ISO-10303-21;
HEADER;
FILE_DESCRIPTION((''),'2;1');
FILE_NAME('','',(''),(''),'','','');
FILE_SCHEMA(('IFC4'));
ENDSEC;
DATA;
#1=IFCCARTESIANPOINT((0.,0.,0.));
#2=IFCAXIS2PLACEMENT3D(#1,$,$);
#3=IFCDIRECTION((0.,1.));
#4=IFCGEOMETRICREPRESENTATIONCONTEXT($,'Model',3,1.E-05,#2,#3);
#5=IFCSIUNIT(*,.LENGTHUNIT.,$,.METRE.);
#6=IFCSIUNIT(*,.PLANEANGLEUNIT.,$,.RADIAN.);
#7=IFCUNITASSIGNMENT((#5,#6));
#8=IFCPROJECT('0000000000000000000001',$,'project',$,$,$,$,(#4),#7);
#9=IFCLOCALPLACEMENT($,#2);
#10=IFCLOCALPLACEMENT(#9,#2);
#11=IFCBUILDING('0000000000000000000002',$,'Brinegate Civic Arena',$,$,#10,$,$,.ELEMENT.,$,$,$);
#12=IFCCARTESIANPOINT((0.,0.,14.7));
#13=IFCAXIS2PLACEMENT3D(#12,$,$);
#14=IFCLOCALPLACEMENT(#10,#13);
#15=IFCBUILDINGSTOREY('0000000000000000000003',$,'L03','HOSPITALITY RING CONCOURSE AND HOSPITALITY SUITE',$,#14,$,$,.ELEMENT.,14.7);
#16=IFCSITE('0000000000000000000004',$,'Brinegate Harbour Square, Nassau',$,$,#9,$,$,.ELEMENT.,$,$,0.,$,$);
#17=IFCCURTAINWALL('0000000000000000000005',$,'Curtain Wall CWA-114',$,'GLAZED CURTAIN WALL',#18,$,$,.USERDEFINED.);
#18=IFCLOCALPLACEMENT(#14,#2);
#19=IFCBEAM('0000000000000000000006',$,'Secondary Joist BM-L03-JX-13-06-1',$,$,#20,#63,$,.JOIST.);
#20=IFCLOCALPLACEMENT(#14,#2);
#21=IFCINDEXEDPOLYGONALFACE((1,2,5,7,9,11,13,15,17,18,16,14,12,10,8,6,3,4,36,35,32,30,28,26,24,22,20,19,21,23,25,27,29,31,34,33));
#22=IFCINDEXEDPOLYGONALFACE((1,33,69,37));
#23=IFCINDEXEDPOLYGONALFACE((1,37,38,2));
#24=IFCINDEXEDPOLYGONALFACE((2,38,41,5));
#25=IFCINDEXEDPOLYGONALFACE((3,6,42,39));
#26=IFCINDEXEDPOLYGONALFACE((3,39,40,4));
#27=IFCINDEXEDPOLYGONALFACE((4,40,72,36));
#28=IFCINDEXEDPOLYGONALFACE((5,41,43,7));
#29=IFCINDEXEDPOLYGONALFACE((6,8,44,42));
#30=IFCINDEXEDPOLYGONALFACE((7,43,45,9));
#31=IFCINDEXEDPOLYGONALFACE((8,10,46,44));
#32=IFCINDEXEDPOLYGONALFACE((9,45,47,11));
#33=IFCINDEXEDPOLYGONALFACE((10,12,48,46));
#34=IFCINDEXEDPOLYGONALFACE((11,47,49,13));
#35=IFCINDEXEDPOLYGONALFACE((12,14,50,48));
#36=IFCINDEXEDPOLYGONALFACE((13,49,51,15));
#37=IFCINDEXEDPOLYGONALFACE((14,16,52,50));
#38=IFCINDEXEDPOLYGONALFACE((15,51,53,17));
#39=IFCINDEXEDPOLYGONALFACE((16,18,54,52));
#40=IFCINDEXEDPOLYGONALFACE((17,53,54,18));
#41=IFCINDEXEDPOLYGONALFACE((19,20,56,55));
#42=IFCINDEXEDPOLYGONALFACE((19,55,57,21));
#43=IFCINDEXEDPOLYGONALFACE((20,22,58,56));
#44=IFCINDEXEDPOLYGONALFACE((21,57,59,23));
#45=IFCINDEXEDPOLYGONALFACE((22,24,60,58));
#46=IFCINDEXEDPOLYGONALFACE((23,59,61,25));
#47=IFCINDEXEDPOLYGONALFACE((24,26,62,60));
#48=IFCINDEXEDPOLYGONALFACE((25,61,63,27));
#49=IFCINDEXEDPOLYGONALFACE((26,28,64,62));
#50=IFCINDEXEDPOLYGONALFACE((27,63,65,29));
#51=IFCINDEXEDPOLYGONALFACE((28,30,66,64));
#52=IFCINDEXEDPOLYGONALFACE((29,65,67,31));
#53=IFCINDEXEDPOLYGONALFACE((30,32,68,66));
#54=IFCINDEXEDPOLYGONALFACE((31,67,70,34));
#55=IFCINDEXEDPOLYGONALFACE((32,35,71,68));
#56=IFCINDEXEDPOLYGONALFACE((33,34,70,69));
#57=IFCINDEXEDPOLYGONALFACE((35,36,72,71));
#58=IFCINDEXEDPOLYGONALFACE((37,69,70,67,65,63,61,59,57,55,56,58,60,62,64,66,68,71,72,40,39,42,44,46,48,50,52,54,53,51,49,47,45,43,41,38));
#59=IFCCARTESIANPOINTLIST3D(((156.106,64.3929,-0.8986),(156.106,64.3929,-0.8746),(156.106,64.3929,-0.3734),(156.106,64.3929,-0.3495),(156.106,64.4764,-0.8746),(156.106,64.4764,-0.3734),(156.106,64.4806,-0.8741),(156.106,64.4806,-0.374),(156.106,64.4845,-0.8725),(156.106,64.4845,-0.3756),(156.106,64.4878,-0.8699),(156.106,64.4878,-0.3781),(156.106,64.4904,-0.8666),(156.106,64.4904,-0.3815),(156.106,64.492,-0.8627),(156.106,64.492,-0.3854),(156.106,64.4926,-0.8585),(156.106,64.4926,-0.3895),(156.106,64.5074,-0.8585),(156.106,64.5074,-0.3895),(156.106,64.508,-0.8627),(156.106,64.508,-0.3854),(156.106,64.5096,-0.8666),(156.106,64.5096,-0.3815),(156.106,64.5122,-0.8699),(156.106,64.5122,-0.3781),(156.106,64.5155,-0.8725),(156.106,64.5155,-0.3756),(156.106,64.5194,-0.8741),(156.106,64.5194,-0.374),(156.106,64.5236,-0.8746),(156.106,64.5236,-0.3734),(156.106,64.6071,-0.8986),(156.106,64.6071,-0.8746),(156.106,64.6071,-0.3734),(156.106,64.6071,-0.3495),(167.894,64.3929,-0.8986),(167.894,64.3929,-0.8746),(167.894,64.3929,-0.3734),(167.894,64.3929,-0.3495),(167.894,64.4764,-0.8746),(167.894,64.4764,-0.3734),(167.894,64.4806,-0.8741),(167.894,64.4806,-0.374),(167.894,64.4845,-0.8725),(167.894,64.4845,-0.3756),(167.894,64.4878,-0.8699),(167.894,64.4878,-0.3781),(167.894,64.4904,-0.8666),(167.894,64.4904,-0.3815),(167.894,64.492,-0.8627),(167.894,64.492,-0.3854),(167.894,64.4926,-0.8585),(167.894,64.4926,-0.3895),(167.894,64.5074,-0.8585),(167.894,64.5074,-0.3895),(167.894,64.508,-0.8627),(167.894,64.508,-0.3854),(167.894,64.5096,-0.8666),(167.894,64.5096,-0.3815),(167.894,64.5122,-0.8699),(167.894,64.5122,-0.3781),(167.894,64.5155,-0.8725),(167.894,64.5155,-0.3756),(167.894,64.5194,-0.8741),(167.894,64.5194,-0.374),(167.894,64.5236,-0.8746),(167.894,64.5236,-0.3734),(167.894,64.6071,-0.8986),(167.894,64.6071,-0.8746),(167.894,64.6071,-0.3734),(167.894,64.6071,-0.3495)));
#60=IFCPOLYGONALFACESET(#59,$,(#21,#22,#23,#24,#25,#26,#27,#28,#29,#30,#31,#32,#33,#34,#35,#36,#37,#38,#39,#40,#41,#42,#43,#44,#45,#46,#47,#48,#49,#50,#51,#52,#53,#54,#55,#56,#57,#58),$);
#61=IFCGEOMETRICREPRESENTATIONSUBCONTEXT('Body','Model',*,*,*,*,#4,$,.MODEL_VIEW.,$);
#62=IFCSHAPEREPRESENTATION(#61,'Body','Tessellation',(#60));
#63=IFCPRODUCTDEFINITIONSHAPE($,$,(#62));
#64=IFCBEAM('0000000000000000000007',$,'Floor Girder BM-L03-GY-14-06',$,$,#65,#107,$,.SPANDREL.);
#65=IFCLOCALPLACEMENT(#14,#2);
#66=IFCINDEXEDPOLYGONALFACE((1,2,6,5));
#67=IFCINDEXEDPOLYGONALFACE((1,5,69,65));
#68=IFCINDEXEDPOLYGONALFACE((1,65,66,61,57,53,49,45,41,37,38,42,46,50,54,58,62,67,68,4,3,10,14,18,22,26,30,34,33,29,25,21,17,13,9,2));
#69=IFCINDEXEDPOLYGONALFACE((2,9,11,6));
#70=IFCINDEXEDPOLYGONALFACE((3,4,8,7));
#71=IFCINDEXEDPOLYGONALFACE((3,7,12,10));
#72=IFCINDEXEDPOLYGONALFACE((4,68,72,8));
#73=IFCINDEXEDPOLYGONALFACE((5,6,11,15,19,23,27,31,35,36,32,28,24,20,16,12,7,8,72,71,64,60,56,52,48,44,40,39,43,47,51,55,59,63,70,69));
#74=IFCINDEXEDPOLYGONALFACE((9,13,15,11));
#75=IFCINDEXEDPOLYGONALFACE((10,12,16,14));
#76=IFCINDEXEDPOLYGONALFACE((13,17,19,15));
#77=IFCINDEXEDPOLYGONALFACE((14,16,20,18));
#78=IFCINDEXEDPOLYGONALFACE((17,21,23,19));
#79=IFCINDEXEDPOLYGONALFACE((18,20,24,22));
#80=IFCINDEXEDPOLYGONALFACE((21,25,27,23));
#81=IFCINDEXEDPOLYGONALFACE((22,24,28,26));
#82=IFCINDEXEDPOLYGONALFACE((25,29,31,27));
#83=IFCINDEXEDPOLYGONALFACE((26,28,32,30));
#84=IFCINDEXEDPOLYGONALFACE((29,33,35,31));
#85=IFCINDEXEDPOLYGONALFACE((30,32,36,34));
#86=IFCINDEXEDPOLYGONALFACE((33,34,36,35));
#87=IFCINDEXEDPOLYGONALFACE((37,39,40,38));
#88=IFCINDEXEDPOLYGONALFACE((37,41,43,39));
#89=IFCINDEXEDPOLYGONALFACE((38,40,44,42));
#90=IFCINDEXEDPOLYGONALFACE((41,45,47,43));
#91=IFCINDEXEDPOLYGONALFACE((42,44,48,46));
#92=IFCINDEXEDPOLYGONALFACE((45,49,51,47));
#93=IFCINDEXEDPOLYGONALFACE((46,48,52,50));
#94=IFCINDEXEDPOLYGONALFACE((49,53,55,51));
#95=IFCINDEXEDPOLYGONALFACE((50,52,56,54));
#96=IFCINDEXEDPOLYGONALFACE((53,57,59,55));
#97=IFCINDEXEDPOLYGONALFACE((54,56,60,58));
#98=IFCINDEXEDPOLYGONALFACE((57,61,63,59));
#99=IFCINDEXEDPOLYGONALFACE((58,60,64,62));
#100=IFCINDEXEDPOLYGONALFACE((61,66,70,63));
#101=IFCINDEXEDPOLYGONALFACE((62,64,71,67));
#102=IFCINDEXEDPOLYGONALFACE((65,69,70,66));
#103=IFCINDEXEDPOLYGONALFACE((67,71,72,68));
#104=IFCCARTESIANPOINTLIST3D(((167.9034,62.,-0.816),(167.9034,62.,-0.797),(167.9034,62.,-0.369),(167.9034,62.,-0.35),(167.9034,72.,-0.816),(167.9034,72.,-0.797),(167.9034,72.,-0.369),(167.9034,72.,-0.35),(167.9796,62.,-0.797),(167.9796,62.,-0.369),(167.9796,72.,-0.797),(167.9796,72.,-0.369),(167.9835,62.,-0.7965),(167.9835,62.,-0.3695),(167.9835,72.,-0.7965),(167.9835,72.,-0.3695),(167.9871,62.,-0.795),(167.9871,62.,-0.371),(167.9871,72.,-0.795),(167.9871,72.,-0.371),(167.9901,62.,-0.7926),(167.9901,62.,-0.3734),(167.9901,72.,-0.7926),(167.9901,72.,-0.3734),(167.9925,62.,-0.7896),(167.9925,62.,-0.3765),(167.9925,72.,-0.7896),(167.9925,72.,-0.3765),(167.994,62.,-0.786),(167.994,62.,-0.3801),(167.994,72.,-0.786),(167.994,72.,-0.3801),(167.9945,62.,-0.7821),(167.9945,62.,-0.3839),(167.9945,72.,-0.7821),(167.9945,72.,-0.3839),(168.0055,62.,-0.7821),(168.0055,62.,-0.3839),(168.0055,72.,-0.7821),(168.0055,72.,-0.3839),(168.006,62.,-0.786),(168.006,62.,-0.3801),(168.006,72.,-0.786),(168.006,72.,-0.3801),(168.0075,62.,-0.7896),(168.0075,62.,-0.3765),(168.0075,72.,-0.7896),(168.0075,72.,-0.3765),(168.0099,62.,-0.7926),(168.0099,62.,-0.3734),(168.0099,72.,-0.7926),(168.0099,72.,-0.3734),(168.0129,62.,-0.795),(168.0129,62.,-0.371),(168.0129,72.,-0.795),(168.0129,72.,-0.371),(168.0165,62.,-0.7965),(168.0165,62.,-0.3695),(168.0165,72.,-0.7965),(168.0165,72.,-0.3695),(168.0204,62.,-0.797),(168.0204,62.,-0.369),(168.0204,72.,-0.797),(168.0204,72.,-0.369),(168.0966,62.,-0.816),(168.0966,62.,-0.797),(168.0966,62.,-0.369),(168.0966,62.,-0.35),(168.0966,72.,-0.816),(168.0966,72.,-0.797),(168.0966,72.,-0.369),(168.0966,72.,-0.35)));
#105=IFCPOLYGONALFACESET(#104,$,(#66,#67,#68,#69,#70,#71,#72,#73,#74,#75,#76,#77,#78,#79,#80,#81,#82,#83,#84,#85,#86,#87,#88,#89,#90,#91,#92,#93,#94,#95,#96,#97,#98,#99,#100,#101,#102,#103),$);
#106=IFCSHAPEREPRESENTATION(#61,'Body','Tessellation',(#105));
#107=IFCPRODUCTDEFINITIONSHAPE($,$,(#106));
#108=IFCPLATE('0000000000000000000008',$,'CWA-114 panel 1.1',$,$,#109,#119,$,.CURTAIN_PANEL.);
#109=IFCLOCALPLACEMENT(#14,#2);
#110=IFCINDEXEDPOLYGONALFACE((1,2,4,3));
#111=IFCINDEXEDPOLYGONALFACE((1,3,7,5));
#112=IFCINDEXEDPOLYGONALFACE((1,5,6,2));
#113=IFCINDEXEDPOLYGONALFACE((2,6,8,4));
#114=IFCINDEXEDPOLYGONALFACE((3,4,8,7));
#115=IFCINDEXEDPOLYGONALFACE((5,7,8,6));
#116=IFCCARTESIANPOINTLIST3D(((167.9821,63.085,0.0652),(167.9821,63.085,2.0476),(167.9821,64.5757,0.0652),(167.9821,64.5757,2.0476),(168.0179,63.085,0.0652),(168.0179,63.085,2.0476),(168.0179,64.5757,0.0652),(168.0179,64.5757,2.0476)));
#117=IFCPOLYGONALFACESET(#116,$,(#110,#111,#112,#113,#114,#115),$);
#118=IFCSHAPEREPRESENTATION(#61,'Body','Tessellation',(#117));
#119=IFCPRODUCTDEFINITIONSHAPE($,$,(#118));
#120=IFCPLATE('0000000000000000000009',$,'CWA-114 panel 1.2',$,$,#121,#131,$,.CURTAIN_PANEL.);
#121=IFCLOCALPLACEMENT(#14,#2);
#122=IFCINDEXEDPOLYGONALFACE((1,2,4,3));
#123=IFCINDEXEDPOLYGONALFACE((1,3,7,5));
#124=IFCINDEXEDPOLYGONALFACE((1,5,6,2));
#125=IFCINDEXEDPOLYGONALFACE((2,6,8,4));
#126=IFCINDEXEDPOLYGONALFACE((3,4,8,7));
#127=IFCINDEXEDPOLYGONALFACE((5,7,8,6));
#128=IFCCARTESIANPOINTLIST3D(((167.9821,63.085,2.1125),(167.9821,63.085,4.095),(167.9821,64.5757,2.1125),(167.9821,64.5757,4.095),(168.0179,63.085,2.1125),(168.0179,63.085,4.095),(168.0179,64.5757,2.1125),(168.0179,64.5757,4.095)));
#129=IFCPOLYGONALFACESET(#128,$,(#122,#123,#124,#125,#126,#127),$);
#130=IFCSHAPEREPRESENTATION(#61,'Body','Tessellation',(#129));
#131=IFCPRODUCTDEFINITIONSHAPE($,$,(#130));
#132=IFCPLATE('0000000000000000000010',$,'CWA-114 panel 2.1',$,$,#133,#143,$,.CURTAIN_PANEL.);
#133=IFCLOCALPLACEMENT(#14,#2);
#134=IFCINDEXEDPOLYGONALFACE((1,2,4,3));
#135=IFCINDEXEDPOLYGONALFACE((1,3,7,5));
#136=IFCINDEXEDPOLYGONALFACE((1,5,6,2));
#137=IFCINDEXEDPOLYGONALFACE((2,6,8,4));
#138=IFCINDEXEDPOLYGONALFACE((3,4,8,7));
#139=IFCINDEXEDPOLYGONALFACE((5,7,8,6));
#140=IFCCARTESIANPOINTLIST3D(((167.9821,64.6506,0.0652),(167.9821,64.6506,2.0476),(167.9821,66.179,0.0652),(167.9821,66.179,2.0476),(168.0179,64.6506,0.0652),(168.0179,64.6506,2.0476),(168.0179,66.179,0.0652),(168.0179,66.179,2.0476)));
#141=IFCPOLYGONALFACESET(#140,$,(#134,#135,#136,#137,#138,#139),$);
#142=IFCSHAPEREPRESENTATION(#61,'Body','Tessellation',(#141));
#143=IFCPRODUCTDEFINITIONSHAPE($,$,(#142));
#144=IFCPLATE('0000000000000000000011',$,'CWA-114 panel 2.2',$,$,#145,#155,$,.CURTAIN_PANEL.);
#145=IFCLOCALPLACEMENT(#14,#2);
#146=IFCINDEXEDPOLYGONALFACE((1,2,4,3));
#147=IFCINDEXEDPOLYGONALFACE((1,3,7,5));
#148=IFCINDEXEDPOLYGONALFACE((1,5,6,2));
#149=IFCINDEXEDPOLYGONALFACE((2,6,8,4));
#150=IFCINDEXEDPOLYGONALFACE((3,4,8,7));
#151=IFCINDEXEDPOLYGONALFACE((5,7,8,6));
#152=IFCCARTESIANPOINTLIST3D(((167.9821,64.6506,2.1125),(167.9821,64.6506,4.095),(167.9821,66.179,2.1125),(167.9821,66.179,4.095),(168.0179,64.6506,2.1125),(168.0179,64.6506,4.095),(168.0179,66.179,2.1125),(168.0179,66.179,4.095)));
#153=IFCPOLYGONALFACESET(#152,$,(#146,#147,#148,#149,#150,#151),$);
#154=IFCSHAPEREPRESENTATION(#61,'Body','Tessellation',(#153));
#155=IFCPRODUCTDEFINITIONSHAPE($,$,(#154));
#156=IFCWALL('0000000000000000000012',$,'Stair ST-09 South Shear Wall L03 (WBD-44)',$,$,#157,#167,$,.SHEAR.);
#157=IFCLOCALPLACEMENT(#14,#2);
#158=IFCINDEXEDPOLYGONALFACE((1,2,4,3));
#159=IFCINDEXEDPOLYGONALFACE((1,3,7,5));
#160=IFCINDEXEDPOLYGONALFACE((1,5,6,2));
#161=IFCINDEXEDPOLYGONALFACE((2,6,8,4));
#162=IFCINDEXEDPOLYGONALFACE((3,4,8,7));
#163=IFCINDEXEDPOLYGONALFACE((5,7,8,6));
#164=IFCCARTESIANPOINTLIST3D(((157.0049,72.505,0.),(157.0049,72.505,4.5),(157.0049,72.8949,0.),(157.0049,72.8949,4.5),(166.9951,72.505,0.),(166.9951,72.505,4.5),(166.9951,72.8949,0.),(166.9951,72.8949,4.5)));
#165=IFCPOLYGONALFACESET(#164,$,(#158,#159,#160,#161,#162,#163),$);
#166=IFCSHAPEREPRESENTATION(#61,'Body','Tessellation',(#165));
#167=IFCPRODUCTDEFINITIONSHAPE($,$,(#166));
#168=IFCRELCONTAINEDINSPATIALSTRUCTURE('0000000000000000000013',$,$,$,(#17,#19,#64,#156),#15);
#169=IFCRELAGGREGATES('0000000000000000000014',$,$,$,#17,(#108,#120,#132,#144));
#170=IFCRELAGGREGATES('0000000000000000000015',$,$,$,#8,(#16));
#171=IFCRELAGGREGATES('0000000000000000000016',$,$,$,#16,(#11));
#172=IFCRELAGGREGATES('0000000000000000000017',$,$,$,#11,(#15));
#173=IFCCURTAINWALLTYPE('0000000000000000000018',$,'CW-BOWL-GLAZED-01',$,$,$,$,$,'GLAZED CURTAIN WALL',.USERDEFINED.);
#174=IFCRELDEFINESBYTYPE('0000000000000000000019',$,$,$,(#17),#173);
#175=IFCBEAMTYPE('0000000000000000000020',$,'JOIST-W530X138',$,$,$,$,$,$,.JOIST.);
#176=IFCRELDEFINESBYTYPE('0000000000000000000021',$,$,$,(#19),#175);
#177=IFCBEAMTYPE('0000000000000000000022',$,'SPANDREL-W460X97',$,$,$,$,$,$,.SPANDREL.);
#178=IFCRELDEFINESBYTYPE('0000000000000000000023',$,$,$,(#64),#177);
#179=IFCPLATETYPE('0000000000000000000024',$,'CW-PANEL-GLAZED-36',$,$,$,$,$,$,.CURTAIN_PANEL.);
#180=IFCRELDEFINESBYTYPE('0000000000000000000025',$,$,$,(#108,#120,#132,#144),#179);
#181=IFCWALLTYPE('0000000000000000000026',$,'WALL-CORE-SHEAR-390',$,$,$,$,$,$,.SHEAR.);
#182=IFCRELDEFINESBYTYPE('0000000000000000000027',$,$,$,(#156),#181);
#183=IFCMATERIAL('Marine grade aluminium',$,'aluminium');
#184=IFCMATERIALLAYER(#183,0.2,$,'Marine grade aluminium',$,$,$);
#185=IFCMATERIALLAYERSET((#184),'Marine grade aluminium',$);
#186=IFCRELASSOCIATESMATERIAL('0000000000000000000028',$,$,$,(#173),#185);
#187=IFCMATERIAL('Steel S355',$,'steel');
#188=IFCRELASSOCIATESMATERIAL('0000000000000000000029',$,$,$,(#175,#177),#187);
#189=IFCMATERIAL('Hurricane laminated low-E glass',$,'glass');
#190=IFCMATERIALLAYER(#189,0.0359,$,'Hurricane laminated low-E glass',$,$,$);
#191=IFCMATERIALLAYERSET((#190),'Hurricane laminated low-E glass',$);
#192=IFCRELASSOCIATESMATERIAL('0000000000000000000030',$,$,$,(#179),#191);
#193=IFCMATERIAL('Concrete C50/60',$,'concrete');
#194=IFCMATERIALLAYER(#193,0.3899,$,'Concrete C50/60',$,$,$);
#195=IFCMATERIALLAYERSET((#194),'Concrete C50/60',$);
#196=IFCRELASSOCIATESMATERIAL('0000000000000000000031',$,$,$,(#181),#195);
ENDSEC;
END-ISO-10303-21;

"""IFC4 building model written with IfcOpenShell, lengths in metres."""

from ifc_helpers import new_model, si_unit, direction, frame, frame_2d, origin, origin_2d, place, context, subcontext, project, spatial, rectangle, i_section, extrude, material, layer, layer_set, material_profile, profile_set, type_object, element, aggregate, save


model = new_model("IFC4")

# Units and contexts
model_context = context("Model", 3, precision=1e-05, world=origin(), true_north=direction((0.0, 1.0)))
body_context = subcontext(model_context, "Body", "Model", "MODEL_VIEW")
ifc_project = project(units=[si_unit("LENGTHUNIT", "METRE"), si_unit("PLANEANGLEUNIT", "RADIAN")], contexts=[model_context])

# Site, building, storey
site_placement = place(None, origin())
site = spatial("IfcSite", under=ifc_project, at=site_placement, Name="Brinegate Harbour Square, Nassau", CompositionType="ELEMENT", RefElevation=0.0)
building_placement = place(site_placement, origin())
building = spatial("IfcBuilding", under=site, at=building_placement, Name="Brinegate Civic Arena", CompositionType="ELEMENT")
storey_placement = place(building_placement, frame((0.0, 0.0, 14.7)))
storey = spatial("IfcBuildingStorey", under=building, at=storey_placement, Name="L03", Description="HOSPITALITY RING CONCOURSE AND HOSPITALITY SUITE", CompositionType="ELEMENT", Elevation=14.7)

# Shared definitions
ifc_material_1 = material(Name="Concrete C50/60", Category="concrete")

# Curtain wall
ifc_material_2 = material(Name="Marine grade aluminium", Category="aluminium")
ifc_layer_1 = layer(ifc_material_2, 0.2, Name="Marine grade aluminium")
ifc_layer_set_1 = layer_set([ifc_layer_1], Name="Marine grade aluminium")
curtain_wall_type = type_object("IfcCurtainWallType", Name="CW-BOWL-GLAZED-01", ElementType="GLAZED CURTAIN WALL", PredefinedType="USERDEFINED", material=ifc_layer_set_1)
curtain_wall_placement = place(storey_placement, origin())
curtain_wall = element("IfcCurtainWall", 1, at=curtain_wall_placement, inside=storey, type_object=curtain_wall_type, Name="Curtain Wall CWA-114", ObjectType="GLAZED CURTAIN WALL", PredefinedType="USERDEFINED")

# Beams
ifc_material_3 = material(Name="Steel S355", Category="steel")
ifc_material_profile_1 = material_profile(ifc_material_3, i_section(OverallWidth=0.2141, OverallDepth=0.5491, WebThickness=0.0149, FlangeThickness=0.0239, FilletRadius=0.0161, at=origin_2d()), Name="W530X138")
ifc_profile_set_1 = profile_set([ifc_material_profile_1], Name="Steel S355")
beam_type_1 = type_object("IfcBeamType", Name="JOIST-W530X138", PredefinedType="JOIST", material=ifc_profile_set_1)
beam_1_placement = place(storey_placement, frame((156.106, 64.5, -0.624), z_axis=(1.0, 0.0, 0.0), x_axis=(0.0, 1.0, 0.0)))
element("IfcBeam", 2, at=beam_1_placement, inside=storey, type_object=beam_type_1, Name="Secondary Joist BM-L03-JX-13-06-1", PredefinedType="JOIST", context=body_context, shape_type="SweptSolid", body=[
    extrude(i_section(OverallWidth=0.2141, OverallDepth=0.5491, WebThickness=0.0149, FlangeThickness=0.0239, FilletRadius=0.0161, at=origin_2d()), origin(), (0.0, 0.0, 1.0), 11.7881),
])
ifc_material_profile_2 = material_profile(ifc_material_3, i_section(OverallWidth=0.1931, OverallDepth=0.4661, WebThickness=0.011, FlangeThickness=0.019, FilletRadius=0.0149, at=origin_2d()), Name="W460X97")
ifc_profile_set_2 = profile_set([ifc_material_profile_2], Name="Steel S355")
beam_type_2 = type_object("IfcBeamType", Name="SPANDREL-W460X97", PredefinedType="SPANDREL", material=ifc_profile_set_2)
beam_2_placement = place(storey_placement, frame((168.0, 62.0, -0.583), z_axis=(0.0, 1.0, 0.0), x_axis=(-1.0, 0.0, 0.0)))
element("IfcBeam", 3, at=beam_2_placement, inside=storey, type_object=beam_type_2, Name="Floor Girder BM-L03-GY-14-06", PredefinedType="SPANDREL", context=body_context, shape_type="SweptSolid", body=[
    extrude(i_section(OverallWidth=0.1931, OverallDepth=0.4661, WebThickness=0.011, FlangeThickness=0.019, FilletRadius=0.0149, at=origin_2d()), origin(), (0.0, 0.0, 1.0), 10.0),
])

# Plates
ifc_material_4 = material(Name="Hurricane laminated low-E glass", Category="glass")
ifc_layer_2 = layer(ifc_material_4, 0.0359, Name="Hurricane laminated low-E glass")
ifc_layer_set_2 = layer_set([ifc_layer_2], Name="Hurricane laminated low-E glass")
plate_type = type_object("IfcPlateType", Name="CW-PANEL-GLAZED-36", PredefinedType="CURTAIN_PANEL", material=ifc_layer_set_2)
plate_1_placement = place(storey_placement, frame((168.0, 63.8303, 0.0652), z_axis=(0.0, 0.0, 1.0), x_axis=(0.0, 1.0, 0.0)))
plate_1 = element("IfcPlate", 4, at=plate_1_placement, type_object=plate_type, Name="CWA-114 panel 1.1", PredefinedType="CURTAIN_PANEL", context=body_context, shape_type="SweptSolid", body=[
    extrude(rectangle(XDim=1.4907, YDim=0.0359, at=origin_2d()), origin(), (0.0, 0.0, 1.0), 1.9824),
])
plate_2_placement = place(storey_placement, frame((168.0, 63.8303, 2.1125), z_axis=(0.0, 0.0, 1.0), x_axis=(0.0, 1.0, 0.0)))
plate_2 = element("IfcPlate", 5, at=plate_2_placement, type_object=plate_type, Name="CWA-114 panel 1.2", PredefinedType="CURTAIN_PANEL", context=body_context, shape_type="SweptSolid", body=[
    extrude(rectangle(XDim=1.4907, YDim=0.0359, at=origin_2d()), origin(), (0.0, 0.0, 1.0), 1.9824),
])
plate_3_placement = place(storey_placement, frame((168.0, 65.4148, 0.0652), z_axis=(0.0, 0.0, 1.0), x_axis=(0.0, 1.0, 0.0)))
plate_3 = element("IfcPlate", 6, at=plate_3_placement, type_object=plate_type, Name="CWA-114 panel 2.1", PredefinedType="CURTAIN_PANEL", context=body_context, shape_type="SweptSolid", body=[
    extrude(rectangle(XDim=1.5283, YDim=0.0359, at=origin_2d()), origin(), (0.0, 0.0, 1.0), 1.9824),
])
plate_4_placement = place(storey_placement, frame((168.0, 65.4148, 2.1125), z_axis=(0.0, 0.0, 1.0), x_axis=(0.0, 1.0, 0.0)))
plate_4 = element("IfcPlate", 7, at=plate_4_placement, type_object=plate_type, Name="CWA-114 panel 2.2", PredefinedType="CURTAIN_PANEL", context=body_context, shape_type="SweptSolid", body=[
    extrude(rectangle(XDim=1.5283, YDim=0.0359, at=origin_2d()), origin(), (0.0, 0.0, 1.0), 1.9824),
])
aggregate(curtain_wall, [plate_1, plate_2, plate_3, plate_4])

# Wall
ifc_layer_3 = layer(ifc_material_1, 0.3899, Name="Concrete C50/60")
ifc_layer_set_3 = layer_set([ifc_layer_3], Name="Concrete C50/60")
wall_type_1 = type_object("IfcWallType", Name="WALL-CORE-SHEAR-390", PredefinedType="SHEAR", material=ifc_layer_set_3)
wall_1_placement = place(storey_placement, frame((157.0049, 72.7, 0.0), z_axis=(0.0, 0.0, 1.0), x_axis=(1.0, 0.0, 0.0)))
element("IfcWall", 8, at=wall_1_placement, inside=storey, type_object=wall_type_1, Name="Stair ST-09 South Shear Wall L03 (WBD-44)", PredefinedType="SHEAR", context=body_context, shape_type="SweptSolid", body=[
    extrude(rectangle(XDim=9.9902, YDim=0.3899, at=frame_2d((4.9951, 0.0))), origin(), (0.0, 0.0, 1.0), 4.5),
])

save(model, "model.ifc")
